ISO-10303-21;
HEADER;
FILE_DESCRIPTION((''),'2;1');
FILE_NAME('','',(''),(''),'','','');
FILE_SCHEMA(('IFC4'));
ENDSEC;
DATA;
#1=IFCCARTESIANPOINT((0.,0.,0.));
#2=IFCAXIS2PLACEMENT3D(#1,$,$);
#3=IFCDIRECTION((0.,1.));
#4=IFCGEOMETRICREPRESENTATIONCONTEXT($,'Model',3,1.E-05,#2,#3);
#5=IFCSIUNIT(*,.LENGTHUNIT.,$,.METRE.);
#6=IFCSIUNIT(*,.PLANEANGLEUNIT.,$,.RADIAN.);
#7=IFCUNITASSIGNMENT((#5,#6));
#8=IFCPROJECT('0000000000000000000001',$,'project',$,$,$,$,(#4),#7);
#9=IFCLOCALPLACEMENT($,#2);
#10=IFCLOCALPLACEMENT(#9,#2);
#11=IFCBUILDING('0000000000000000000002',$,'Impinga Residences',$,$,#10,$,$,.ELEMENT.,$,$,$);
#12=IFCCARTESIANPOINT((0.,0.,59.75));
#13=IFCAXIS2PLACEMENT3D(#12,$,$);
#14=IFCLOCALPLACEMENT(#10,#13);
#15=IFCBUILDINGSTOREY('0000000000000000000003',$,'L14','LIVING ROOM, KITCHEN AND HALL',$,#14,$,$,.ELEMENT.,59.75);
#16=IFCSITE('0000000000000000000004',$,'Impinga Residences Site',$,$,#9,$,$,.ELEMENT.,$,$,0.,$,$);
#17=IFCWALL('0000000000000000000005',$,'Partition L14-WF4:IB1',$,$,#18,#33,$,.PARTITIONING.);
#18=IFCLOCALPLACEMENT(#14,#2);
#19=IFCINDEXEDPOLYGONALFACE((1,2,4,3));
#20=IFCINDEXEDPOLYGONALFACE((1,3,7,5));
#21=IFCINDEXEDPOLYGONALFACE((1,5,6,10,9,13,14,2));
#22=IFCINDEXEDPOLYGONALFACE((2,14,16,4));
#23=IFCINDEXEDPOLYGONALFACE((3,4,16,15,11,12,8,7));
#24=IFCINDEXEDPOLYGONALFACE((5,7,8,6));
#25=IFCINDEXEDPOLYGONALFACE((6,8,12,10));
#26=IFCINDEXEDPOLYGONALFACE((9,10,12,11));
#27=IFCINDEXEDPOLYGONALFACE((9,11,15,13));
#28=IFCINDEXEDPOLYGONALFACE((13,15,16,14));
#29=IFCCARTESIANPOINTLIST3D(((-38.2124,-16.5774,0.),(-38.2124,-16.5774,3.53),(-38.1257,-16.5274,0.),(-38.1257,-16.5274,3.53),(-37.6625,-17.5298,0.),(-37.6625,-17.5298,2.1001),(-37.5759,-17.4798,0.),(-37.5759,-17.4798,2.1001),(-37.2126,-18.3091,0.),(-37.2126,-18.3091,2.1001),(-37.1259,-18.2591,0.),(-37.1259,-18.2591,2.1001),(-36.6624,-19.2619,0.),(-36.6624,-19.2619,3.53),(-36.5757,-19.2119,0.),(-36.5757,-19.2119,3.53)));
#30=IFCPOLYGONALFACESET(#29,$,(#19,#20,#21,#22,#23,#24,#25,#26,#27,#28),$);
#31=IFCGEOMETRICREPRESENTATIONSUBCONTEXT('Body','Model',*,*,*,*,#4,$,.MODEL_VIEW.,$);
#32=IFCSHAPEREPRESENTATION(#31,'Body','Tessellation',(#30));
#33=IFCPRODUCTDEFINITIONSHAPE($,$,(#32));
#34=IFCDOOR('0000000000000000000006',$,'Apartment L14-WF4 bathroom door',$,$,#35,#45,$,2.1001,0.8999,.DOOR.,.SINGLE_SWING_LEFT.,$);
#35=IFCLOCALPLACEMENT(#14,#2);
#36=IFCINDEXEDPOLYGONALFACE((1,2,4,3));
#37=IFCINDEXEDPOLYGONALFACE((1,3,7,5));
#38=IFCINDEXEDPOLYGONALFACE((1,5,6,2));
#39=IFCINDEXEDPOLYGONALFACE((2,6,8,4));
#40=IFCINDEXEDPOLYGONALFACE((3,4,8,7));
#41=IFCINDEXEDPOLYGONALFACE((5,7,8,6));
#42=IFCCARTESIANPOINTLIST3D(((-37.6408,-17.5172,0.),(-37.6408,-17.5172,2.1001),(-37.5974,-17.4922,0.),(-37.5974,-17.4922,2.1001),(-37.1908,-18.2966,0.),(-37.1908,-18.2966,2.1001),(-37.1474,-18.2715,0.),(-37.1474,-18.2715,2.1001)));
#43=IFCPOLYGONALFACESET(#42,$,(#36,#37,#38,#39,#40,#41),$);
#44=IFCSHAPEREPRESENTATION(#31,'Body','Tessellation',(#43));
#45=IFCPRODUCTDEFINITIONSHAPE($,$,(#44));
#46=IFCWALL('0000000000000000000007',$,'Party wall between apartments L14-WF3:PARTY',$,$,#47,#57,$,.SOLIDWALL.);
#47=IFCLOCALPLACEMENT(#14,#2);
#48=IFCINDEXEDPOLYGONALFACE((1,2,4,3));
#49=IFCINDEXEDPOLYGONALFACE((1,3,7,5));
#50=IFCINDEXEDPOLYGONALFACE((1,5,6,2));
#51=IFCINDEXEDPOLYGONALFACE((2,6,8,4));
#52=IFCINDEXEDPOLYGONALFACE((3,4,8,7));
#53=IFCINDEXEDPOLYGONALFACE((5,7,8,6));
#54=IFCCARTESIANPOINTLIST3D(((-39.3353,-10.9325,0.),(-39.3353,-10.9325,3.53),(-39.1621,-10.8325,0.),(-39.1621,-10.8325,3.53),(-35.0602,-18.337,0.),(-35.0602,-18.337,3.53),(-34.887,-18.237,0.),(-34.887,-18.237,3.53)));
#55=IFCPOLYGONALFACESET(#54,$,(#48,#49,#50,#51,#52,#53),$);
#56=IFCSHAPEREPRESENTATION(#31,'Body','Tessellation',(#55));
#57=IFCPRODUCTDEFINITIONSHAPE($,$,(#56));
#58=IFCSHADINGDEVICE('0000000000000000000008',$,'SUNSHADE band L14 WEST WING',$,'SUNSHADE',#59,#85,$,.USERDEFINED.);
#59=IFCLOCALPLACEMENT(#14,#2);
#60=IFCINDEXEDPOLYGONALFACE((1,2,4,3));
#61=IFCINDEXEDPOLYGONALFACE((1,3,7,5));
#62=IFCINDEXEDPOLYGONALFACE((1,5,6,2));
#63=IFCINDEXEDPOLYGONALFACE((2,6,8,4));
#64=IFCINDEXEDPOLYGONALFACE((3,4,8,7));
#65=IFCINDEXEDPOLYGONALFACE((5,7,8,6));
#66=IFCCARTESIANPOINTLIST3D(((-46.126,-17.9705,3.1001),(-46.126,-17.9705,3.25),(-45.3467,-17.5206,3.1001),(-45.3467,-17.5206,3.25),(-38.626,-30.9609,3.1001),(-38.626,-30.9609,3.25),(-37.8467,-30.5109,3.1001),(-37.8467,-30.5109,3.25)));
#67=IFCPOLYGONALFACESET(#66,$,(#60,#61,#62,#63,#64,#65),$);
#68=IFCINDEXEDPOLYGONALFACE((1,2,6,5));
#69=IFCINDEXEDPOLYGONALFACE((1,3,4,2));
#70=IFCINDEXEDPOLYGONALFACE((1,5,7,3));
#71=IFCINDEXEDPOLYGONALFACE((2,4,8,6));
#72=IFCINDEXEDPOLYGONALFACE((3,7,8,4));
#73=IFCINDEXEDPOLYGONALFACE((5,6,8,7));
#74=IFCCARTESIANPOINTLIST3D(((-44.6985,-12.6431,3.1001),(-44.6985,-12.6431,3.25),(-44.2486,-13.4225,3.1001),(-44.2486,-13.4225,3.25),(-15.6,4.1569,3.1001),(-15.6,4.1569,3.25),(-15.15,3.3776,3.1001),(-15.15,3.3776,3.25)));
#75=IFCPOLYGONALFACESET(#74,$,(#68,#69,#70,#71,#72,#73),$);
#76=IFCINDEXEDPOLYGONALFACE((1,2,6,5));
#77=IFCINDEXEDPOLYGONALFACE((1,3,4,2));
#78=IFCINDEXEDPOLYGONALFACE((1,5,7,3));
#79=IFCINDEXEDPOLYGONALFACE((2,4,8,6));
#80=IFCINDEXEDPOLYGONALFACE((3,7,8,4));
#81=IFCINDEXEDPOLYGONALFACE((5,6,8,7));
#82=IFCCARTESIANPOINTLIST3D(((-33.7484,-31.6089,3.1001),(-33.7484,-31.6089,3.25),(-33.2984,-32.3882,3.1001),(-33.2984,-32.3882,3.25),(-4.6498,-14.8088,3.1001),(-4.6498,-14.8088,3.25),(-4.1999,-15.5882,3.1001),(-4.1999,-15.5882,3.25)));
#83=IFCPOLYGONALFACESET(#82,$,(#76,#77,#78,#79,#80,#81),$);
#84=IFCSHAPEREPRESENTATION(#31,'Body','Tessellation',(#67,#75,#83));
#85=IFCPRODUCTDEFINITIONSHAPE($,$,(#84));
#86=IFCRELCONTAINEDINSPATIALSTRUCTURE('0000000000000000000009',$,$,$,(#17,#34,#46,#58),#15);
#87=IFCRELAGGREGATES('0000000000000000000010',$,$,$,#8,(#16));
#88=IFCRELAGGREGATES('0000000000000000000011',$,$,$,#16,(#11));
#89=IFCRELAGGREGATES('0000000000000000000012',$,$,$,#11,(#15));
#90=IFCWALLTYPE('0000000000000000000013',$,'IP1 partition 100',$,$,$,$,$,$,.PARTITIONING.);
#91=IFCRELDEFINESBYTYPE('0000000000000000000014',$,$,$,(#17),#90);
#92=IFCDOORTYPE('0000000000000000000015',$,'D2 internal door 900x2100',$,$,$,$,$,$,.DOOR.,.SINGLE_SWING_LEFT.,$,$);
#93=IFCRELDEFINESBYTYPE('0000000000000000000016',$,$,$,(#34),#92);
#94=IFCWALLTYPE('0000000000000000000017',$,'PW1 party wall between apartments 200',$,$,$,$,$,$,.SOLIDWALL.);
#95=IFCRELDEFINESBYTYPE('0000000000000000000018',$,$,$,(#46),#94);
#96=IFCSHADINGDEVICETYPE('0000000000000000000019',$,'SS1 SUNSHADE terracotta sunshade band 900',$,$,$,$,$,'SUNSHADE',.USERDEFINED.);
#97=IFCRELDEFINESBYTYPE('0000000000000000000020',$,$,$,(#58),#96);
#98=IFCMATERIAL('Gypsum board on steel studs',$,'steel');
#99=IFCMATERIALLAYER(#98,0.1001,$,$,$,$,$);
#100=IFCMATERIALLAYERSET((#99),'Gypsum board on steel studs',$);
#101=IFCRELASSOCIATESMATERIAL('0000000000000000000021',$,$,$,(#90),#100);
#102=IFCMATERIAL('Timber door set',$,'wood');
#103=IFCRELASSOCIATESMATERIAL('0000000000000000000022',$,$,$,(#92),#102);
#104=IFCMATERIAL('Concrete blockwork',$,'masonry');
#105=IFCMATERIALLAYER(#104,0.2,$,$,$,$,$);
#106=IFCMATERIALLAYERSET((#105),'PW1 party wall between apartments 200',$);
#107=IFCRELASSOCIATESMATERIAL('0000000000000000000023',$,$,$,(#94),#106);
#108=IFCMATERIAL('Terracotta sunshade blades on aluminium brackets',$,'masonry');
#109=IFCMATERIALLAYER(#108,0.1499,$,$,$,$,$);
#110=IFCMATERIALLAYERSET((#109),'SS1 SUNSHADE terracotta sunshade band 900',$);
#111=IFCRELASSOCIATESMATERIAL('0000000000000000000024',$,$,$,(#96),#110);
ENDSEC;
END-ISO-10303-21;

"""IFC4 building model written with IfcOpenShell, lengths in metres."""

from ifc_helpers import new_model, si_unit, direction, frame, frame_2d, origin, origin_2d, place, context, subcontext, project, spatial, rectangle, extrude, material, layer, layer_set, type_object, element, fill, save


model = new_model("IFC4")

# Units and contexts
model_context = context("Model", 3, precision=1e-05, world=origin(), true_north=direction((0.0, 1.0)))
body_context = subcontext(model_context, "Body", "Model", "MODEL_VIEW")
ifc_project = project(units=[si_unit("LENGTHUNIT", "METRE"), si_unit("PLANEANGLEUNIT", "RADIAN")], contexts=[model_context])

# Site, building, storey
site_placement = place(None, origin())
site = spatial("IfcSite", under=ifc_project, at=site_placement, Name="Impinga Residences Site", CompositionType="ELEMENT", RefElevation=0.0)
building_placement = place(site_placement, origin())
building = spatial("IfcBuilding", under=site, at=building_placement, Name="Impinga Residences", CompositionType="ELEMENT")
storey_placement = place(building_placement, frame((0.0, 0.0, 59.75)))
storey = spatial("IfcBuildingStorey", under=building, at=storey_placement, Name="L14", Description="LIVING ROOM, KITCHEN AND HALL", CompositionType="ELEMENT", Elevation=59.75)

# Shared definitions
ifc_material_1 = material(Name="Gypsum board on steel studs", Category="steel")
ifc_layer_1 = layer(ifc_material_1, 0.1001)
ifc_layer_set_1 = layer_set([ifc_layer_1], Name="Gypsum board on steel studs")
wall_type_1 = type_object("IfcWallType", Name="IP1 partition 100", PredefinedType="PARTITIONING", material=ifc_layer_set_1)

# Wall, opening, door
ifc_material_2 = material(Name="Timber door set", Category="wood")
door_type = type_object("IfcDoorType", Name="D2 internal door 900x2100", OperationType="SINGLE_SWING_LEFT", PredefinedType="DOOR", material=ifc_material_2)
wall_1_placement = place(storey_placement, frame((-36.6191, -19.2368, 0.0), z_axis=(0.0, 0.0, 1.0), x_axis=(-0.500027, 0.86601, 0.0)))
wall_1 = element("IfcWall", 1, at=wall_1_placement, inside=storey, type_object=wall_type_1, Name="Partition L14-WF4:IB1", PredefinedType="PARTITIONING", context=body_context, shape_type="SweptSolid", body=[
    extrude(rectangle(XDim=3.0999, YDim=0.1001, at=frame_2d((1.5498, 0.0))), origin(), (0.0, 0.0, 1.0), 3.53),
])
opening_1_placement = place(wall_1_placement, frame((1.1001, 0.0, 0.0)))
opening_1 = element("IfcOpeningElement", 2, at=opening_1_placement, cuts=wall_1, PredefinedType="OPENING", context=body_context, shape_type="SweptSolid", body=[
    extrude(rectangle(XDim=0.8999, YDim=2.1001, at=frame_2d((0.45, 1.05))), frame((0.0, 0.0601, 0.0), z_axis=(0.0, -1.0, 0.0), x_axis=(1.0, 0.0, 0.0)), (0.0, 0.0, 1.0), 0.1201),
])
door_1_placement = place(opening_1_placement, origin())
door_1 = element("IfcDoor", 3, at=door_1_placement, inside=storey, type_object=door_type, Name="Apartment L14-WF4 bathroom door", OperationType="SINGLE_SWING_LEFT", OverallHeight=2.1001, OverallWidth=0.8999, PredefinedType="DOOR", context=body_context, shape_type="SweptSolid", body=[
    extrude(rectangle(XDim=0.8999, YDim=2.1001, at=frame_2d((0.45, 1.05))), frame((0.0, 0.0249, 0.0), z_axis=(0.0, -1.0, 0.0), x_axis=(1.0, 0.0, 0.0)), (0.0, 0.0, 1.0), 0.05),
])
fill(opening_1, door_1)

# Wall
ifc_material_3 = material(Name="Concrete blockwork", Category="masonry")
ifc_layer_2 = layer(ifc_material_3, 0.2)
ifc_layer_set_2 = layer_set([ifc_layer_2], Name="PW1 party wall between apartments 200")
wall_type_2 = type_object("IfcWallType", Name="PW1 party wall between apartments 200", PredefinedType="SOLIDWALL", material=ifc_layer_set_2)
wall_2_placement = place(storey_placement, frame((-34.9736, -18.2869, 0.0), z_axis=(0.0, 0.0, 1.0), x_axis=(-0.500012, 0.866019, 0.0)))
element("IfcWall", 4, at=wall_2_placement, inside=storey, type_object=wall_type_2, Name="Party wall between apartments L14-WF3:PARTY", PredefinedType="SOLIDWALL", context=body_context, shape_type="SweptSolid", body=[
    extrude(rectangle(XDim=8.55, YDim=0.2, at=frame_2d((4.2749, 0.0))), origin(), (0.0, 0.0, 1.0), 3.53),
])

# Shading device
ifc_material_4 = material(Name="Terracotta sunshade blades on aluminium brackets", Category="masonry")
ifc_layer_3 = layer(ifc_material_4, 0.1499)
ifc_layer_set_3 = layer_set([ifc_layer_3], Name="SS1 SUNSHADE terracotta sunshade band 900")
shading_device_type = type_object("IfcShadingDeviceType", Name="SS1 SUNSHADE terracotta sunshade band 900", ElementType="SUNSHADE", PredefinedType="USERDEFINED", material=ifc_layer_set_3)
shading_device_placement = place(storey_placement, frame((-41.9863, -24.2407, 3.1001), z_axis=(0.0, 0.0, 1.0), x_axis=(-0.5, 0.866025, 0.0)))
element("IfcShadingDevice", 5, at=shading_device_placement, inside=storey, type_object=shading_device_type, Name="SUNSHADE band L14 WEST WING", ObjectType="SUNSHADE", PredefinedType="USERDEFINED", context=body_context, shape_type="SweptSolid", body=[
    extrude(rectangle(XDim=15.0, YDim=0.8999, at=origin_2d()), origin(), (0.0, 0.0, 1.0), 0.1499),
    extrude(rectangle(XDim=33.6001, YDim=0.8999, at=origin_2d()), frame((10.95, -20.25, 0.0), z_axis=(0.0, 0.0, 1.0), x_axis=(0.0, -1.0, 0.0)), (0.0, 0.0, 1.0), 0.1499),
    extrude(rectangle(XDim=33.6001, YDim=0.8999, at=origin_2d()), frame((-10.95, -20.2502, 0.0), z_axis=(0.0, 0.0, 1.0), x_axis=(0.0, 1.0, 0.0)), (0.0, 0.0, 1.0), 0.1499),
])

save(model, "model.ifc")
